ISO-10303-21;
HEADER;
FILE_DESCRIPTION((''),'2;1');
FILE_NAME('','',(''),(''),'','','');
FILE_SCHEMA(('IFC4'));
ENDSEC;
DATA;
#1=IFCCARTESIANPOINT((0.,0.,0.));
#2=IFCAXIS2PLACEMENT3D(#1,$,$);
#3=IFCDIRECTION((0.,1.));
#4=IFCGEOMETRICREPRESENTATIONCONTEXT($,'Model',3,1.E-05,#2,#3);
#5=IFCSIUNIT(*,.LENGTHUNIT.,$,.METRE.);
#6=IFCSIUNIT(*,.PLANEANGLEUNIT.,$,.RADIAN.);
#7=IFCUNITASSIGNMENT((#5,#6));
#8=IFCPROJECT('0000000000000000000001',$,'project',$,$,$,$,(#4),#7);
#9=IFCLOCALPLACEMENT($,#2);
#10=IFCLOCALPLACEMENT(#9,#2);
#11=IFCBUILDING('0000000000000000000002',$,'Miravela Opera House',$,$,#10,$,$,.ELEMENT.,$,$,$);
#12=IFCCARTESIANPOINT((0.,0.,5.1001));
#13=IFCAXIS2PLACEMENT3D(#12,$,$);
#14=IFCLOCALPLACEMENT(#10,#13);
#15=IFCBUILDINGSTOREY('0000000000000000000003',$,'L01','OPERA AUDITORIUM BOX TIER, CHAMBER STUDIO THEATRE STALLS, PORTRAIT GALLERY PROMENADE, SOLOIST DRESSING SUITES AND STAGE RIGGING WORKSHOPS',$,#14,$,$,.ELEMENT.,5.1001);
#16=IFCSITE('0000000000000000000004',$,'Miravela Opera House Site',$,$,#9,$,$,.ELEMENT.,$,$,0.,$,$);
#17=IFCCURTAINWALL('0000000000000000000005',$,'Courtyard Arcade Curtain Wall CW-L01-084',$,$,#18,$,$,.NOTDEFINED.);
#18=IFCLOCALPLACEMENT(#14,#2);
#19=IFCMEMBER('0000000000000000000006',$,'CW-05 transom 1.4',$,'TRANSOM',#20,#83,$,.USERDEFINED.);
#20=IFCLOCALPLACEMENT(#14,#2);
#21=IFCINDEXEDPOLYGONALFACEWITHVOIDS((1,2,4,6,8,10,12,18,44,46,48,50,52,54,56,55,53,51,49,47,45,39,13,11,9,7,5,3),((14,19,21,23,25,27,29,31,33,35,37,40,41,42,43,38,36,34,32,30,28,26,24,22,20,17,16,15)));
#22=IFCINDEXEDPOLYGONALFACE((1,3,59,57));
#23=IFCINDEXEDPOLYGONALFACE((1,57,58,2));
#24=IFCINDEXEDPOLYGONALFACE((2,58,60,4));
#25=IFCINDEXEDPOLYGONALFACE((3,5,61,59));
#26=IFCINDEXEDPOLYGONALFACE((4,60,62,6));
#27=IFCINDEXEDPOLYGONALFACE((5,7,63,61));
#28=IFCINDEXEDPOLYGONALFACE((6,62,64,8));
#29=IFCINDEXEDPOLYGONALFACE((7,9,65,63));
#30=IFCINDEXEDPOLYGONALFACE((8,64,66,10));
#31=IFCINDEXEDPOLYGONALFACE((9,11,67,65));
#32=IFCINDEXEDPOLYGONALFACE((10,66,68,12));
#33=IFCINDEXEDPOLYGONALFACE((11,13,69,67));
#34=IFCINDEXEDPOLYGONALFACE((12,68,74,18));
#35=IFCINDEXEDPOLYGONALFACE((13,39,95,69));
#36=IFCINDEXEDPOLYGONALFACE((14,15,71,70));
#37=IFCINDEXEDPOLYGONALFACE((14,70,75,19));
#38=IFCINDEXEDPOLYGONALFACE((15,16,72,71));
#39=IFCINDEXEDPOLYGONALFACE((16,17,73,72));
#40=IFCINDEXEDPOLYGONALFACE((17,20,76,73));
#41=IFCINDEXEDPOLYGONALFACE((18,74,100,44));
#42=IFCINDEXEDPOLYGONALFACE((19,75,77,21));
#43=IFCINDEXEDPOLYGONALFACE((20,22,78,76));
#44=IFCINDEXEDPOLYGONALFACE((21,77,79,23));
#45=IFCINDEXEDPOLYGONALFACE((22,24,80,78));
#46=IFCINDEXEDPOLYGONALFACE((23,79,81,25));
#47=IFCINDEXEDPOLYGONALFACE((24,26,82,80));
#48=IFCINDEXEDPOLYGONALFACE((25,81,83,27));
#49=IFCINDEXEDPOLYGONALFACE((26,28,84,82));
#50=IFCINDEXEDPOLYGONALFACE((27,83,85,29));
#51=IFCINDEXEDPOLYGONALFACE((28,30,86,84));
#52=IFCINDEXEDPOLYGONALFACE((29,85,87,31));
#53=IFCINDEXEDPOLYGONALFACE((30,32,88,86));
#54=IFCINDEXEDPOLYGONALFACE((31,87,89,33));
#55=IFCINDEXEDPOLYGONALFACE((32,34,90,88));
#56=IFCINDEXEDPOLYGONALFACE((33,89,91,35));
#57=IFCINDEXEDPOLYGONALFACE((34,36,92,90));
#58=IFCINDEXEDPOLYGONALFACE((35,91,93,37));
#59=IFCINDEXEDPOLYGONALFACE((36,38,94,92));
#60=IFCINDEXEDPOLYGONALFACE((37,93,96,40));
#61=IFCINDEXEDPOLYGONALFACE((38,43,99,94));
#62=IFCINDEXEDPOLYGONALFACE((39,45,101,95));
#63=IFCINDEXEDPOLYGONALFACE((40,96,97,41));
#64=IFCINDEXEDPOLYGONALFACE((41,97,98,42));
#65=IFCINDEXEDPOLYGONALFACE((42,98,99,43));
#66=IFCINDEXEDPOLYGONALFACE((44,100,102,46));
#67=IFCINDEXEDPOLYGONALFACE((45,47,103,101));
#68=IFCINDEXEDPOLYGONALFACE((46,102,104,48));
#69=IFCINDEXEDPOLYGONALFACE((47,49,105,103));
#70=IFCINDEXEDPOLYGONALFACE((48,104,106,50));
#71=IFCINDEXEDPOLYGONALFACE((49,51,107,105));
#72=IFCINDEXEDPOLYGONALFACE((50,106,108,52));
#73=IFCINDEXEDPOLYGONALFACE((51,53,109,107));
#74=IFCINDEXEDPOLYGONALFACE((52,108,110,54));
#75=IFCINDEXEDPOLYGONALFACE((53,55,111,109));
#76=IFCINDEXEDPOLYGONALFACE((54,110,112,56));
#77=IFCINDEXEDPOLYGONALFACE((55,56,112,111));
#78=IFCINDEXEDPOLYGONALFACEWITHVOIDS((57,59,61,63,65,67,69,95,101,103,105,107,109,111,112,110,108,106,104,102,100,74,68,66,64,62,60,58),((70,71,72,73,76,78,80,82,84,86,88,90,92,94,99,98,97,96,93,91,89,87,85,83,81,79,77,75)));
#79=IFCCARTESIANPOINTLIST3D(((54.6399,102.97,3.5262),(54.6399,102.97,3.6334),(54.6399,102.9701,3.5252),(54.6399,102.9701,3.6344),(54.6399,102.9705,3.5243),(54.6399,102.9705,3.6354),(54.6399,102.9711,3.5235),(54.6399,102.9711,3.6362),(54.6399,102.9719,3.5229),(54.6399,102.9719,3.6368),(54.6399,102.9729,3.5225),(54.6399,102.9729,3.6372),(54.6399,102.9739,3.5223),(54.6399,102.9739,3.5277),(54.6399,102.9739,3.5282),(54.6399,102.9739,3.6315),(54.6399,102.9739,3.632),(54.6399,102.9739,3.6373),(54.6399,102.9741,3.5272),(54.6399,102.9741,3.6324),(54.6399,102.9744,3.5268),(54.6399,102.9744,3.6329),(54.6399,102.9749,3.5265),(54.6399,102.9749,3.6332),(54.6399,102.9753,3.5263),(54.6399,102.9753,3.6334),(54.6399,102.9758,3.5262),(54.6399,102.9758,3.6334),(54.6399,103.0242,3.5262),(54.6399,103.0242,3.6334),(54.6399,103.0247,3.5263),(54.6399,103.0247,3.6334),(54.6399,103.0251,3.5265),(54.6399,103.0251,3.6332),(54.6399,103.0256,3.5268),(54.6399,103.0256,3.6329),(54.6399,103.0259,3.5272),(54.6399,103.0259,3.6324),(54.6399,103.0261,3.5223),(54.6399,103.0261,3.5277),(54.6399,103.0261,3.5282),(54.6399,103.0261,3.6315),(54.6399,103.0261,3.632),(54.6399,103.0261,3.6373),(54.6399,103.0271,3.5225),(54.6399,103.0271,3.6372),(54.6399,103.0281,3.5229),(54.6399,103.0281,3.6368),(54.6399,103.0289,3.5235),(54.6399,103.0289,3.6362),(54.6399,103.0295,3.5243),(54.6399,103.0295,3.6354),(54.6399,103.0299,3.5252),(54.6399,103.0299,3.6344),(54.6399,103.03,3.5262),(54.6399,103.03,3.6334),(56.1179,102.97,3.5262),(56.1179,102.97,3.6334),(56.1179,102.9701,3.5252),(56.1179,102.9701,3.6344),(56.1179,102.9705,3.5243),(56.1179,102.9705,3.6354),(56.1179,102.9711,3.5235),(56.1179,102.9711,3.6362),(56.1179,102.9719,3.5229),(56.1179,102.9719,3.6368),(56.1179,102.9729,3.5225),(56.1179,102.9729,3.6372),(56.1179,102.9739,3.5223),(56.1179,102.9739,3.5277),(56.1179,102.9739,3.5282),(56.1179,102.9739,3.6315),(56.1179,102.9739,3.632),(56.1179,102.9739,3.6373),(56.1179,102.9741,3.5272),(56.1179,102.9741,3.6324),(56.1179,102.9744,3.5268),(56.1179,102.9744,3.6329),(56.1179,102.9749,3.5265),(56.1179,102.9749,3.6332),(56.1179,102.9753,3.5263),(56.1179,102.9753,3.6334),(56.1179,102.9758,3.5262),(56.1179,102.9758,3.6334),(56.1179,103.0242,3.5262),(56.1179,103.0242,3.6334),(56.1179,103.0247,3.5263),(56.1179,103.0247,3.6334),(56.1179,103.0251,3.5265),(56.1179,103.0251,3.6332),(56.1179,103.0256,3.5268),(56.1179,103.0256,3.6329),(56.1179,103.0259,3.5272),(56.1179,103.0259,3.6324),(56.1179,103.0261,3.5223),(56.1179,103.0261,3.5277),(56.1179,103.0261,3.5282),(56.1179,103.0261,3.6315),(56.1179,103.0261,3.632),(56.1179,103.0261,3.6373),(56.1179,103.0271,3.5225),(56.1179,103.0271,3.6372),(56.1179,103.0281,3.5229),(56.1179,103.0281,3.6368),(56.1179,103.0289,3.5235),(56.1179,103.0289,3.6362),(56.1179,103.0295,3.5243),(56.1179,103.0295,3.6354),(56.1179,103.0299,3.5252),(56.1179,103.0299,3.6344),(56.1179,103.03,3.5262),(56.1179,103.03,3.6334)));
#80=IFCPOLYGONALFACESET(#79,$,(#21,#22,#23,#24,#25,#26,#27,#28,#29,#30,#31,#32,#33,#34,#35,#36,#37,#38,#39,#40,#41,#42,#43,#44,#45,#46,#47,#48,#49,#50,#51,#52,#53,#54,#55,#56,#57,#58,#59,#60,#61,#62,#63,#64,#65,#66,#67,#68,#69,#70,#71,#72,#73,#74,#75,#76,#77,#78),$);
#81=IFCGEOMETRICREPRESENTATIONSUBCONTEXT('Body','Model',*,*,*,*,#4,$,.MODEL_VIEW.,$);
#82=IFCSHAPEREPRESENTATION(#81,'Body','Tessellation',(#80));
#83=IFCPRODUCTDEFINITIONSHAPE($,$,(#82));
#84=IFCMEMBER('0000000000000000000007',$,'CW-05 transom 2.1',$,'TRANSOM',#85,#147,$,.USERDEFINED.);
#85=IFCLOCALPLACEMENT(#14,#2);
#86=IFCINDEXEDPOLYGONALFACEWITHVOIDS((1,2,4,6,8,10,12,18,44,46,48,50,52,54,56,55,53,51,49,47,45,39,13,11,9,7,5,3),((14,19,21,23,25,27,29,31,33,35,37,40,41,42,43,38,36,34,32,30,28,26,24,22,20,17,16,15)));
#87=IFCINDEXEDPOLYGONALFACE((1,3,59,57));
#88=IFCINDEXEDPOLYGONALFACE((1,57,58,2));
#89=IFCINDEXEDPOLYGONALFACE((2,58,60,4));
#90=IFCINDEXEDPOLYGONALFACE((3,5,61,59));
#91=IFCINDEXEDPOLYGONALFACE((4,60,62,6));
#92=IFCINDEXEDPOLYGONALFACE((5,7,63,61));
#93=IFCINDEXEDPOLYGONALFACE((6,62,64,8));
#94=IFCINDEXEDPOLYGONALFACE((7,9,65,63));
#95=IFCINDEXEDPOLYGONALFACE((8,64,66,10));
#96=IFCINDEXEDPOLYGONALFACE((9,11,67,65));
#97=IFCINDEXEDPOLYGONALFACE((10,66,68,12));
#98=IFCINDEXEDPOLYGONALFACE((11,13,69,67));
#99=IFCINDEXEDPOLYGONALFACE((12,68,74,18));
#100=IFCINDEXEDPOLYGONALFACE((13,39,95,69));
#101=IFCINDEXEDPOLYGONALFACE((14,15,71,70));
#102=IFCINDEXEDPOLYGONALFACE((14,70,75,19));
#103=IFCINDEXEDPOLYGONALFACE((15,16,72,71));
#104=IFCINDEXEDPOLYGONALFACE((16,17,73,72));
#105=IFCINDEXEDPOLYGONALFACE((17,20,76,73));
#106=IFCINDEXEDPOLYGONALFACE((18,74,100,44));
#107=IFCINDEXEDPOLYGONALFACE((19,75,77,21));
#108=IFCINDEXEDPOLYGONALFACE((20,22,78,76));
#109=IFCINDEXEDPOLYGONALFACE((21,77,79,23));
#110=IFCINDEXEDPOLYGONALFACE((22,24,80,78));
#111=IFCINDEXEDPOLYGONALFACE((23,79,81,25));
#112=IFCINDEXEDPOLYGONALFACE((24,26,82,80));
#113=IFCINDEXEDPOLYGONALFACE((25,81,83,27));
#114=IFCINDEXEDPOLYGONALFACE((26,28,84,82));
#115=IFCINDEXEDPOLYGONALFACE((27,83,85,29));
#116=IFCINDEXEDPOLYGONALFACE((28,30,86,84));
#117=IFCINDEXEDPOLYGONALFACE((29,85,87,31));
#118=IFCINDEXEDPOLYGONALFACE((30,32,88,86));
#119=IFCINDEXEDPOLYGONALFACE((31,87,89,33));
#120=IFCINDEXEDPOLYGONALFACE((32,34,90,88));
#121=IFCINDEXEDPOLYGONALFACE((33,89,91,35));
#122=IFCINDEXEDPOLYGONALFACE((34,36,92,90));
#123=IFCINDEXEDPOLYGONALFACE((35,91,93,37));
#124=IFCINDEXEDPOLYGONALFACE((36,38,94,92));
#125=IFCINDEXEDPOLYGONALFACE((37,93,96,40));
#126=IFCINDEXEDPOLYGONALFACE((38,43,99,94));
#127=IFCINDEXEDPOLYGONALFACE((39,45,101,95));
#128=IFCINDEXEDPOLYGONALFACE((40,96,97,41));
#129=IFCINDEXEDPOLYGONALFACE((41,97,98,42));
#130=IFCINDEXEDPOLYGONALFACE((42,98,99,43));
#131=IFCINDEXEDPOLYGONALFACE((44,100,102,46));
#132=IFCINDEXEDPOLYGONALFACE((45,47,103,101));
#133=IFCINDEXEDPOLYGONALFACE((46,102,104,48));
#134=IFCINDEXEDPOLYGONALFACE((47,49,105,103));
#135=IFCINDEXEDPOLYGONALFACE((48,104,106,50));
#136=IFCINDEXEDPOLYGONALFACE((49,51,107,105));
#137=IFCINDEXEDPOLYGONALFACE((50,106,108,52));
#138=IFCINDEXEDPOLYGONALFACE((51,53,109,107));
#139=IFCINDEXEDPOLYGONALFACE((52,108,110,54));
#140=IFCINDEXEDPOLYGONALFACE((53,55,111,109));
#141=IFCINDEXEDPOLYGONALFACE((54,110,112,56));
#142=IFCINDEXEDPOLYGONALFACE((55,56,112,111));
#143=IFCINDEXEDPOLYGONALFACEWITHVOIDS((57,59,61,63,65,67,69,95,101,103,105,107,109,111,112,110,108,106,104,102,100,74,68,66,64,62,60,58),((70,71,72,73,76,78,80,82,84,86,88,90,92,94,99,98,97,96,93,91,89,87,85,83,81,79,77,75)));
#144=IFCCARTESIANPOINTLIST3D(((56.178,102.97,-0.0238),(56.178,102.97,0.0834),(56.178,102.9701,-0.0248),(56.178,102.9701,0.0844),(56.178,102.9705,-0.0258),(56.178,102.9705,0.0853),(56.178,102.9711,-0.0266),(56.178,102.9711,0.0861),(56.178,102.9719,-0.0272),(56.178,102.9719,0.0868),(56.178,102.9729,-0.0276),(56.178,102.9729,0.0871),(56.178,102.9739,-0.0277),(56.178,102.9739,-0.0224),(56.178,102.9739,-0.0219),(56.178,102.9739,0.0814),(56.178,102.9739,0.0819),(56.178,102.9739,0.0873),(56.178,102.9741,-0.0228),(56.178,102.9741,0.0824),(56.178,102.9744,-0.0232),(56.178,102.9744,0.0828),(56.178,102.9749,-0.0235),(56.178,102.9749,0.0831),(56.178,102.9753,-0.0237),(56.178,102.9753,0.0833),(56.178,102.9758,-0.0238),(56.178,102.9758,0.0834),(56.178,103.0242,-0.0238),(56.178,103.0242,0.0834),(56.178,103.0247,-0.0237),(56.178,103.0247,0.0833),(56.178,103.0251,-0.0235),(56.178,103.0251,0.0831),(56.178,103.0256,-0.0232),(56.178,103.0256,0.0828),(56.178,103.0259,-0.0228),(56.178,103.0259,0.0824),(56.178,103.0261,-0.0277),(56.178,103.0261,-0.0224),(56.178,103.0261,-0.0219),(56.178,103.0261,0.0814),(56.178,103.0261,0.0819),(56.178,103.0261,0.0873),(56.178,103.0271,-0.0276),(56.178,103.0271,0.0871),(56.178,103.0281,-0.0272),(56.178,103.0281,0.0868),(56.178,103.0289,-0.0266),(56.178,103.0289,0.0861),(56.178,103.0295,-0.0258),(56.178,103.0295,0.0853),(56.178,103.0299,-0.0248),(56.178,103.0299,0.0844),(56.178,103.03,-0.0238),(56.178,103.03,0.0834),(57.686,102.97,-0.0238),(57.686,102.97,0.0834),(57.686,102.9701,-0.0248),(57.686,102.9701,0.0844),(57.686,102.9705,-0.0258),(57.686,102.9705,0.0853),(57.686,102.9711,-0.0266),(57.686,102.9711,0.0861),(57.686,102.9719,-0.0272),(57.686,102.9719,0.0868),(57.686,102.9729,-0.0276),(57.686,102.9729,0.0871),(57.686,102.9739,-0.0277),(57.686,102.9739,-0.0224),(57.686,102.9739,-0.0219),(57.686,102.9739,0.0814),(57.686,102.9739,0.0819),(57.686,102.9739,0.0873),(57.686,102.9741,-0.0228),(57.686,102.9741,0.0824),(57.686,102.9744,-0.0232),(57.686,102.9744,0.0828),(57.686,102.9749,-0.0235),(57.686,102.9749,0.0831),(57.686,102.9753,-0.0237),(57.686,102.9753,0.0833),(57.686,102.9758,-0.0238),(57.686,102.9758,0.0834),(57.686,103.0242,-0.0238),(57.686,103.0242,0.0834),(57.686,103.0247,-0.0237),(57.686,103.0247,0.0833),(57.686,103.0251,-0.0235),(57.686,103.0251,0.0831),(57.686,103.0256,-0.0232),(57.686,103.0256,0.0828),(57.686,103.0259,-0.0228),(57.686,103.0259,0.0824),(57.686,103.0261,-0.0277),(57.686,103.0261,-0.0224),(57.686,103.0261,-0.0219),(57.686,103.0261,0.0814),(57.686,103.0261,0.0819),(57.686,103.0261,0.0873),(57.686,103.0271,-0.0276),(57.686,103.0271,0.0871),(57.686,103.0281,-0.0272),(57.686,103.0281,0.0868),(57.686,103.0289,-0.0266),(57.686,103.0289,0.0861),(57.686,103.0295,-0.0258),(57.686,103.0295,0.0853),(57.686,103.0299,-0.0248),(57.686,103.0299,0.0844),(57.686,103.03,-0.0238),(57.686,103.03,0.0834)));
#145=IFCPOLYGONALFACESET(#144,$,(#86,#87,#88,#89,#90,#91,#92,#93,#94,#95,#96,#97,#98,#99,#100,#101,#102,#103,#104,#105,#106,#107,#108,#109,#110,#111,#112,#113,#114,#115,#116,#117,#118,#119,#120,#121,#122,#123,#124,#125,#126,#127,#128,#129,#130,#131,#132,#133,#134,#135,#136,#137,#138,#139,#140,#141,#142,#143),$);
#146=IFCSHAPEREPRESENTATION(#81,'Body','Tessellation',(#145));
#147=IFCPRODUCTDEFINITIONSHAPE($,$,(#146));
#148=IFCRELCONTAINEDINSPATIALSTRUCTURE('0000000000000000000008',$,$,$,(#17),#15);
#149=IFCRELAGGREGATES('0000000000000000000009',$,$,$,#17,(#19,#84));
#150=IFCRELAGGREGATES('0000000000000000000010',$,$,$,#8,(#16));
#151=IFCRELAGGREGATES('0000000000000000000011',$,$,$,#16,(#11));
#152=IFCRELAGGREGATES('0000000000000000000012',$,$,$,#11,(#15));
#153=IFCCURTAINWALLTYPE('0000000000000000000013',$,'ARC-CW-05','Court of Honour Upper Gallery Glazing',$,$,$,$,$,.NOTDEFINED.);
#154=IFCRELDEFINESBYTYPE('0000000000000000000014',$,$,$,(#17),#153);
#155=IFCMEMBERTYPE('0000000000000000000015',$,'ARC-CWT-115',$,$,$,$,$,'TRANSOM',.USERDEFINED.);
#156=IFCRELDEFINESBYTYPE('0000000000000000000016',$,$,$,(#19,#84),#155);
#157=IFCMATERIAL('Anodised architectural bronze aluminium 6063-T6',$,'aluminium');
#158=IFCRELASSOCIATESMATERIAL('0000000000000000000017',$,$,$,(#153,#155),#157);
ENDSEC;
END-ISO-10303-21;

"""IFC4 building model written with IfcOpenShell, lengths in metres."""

from ifc_helpers import new_model, si_unit, direction, frame, origin, origin_2d, place, context, subcontext, project, spatial, hollow_rectangle, extrude, material, material_profile, profile_set, type_object, element, aggregate, save


model = new_model("IFC4")

# Units and contexts
model_context = context("Model", 3, precision=1e-05, world=origin(), true_north=direction((0.0, 1.0)))
body_context = subcontext(model_context, "Body", "Model", "MODEL_VIEW")
ifc_project = project(units=[si_unit("LENGTHUNIT", "METRE"), si_unit("PLANEANGLEUNIT", "RADIAN")], contexts=[model_context])

# Site, building, storey
site_placement = place(None, origin())
site = spatial("IfcSite", under=ifc_project, at=site_placement, Name="Miravela Opera House Site", CompositionType="ELEMENT", RefElevation=0.0)
building_placement = place(site_placement, origin())
building = spatial("IfcBuilding", under=site, at=building_placement, Name="Miravela Opera House", CompositionType="ELEMENT")
storey_placement = place(building_placement, frame((0.0, 0.0, 5.1001)))
storey = spatial("IfcBuildingStorey", under=building, at=storey_placement, Name="L01", Description="OPERA AUDITORIUM BOX TIER, CHAMBER STUDIO THEATRE STALLS, PORTRAIT GALLERY PROMENADE, SOLOIST DRESSING SUITES AND STAGE RIGGING WORKSHOPS", CompositionType="ELEMENT", Elevation=5.1001)

# Curtain wall, members
ifc_material_1 = material(Name="Anodised architectural bronze aluminium 6063-T6", Category="aluminium")
curtain_wall_type = type_object("IfcCurtainWallType", Name="ARC-CW-05", Description="Court of Honour Upper Gallery Glazing", PredefinedType="NOTDEFINED", material=ifc_material_1)
curtain_wall_placement = place(storey_placement, origin())
curtain_wall = element("IfcCurtainWall", 1, at=curtain_wall_placement, inside=storey, type_object=curtain_wall_type, Name="Courtyard Arcade Curtain Wall CW-L01-084", PredefinedType="NOTDEFINED")
ifc_material_profile_1 = material_profile(ifc_material_1, hollow_rectangle(XDim=0.0601, YDim=0.115, WallThickness=0.0039, InnerFilletRadius=0.002, OuterFilletRadius=0.0039, at=origin_2d()), Name="CWT-60X115")
ifc_profile_set_1 = profile_set([ifc_material_profile_1])
member_type_1 = type_object("IfcMemberType", Name="ARC-CWT-115", ElementType="TRANSOM", PredefinedType="USERDEFINED", material=ifc_profile_set_1)
member_1_placement = place(storey_placement, frame((54.6399, 103.0, 3.5798), z_axis=(1.0, 0.0, 0.0), x_axis=(0.0, 1.0, 0.0)))
member_1 = element("IfcMember", 2, at=member_1_placement, type_object=member_type_1, Name="CW-05 transom 1.4", ObjectType="TRANSOM", PredefinedType="USERDEFINED", context=body_context, shape_type="SweptSolid", body=[
    extrude(hollow_rectangle(XDim=0.0601, YDim=0.115, WallThickness=0.0039, InnerFilletRadius=0.002, OuterFilletRadius=0.0039, at=origin_2d()), origin(), (0.0, 0.0, 1.0), 1.478),
])
member_2_placement = place(storey_placement, frame((56.178, 103.0, 0.0298), z_axis=(1.0, 0.0, 0.0), x_axis=(0.0, 1.0, 0.0)))
member_2 = element("IfcMember", 3, at=member_2_placement, type_object=member_type_1, Name="CW-05 transom 2.1", ObjectType="TRANSOM", PredefinedType="USERDEFINED", context=body_context, shape_type="SweptSolid", body=[
    extrude(hollow_rectangle(XDim=0.0601, YDim=0.115, WallThickness=0.0039, InnerFilletRadius=0.002, OuterFilletRadius=0.0039, at=origin_2d()), origin(), (0.0, 0.0, 1.0), 1.5081),
])

aggregate(curtain_wall, [member_1, member_2])

save(model, "model.ifc")
